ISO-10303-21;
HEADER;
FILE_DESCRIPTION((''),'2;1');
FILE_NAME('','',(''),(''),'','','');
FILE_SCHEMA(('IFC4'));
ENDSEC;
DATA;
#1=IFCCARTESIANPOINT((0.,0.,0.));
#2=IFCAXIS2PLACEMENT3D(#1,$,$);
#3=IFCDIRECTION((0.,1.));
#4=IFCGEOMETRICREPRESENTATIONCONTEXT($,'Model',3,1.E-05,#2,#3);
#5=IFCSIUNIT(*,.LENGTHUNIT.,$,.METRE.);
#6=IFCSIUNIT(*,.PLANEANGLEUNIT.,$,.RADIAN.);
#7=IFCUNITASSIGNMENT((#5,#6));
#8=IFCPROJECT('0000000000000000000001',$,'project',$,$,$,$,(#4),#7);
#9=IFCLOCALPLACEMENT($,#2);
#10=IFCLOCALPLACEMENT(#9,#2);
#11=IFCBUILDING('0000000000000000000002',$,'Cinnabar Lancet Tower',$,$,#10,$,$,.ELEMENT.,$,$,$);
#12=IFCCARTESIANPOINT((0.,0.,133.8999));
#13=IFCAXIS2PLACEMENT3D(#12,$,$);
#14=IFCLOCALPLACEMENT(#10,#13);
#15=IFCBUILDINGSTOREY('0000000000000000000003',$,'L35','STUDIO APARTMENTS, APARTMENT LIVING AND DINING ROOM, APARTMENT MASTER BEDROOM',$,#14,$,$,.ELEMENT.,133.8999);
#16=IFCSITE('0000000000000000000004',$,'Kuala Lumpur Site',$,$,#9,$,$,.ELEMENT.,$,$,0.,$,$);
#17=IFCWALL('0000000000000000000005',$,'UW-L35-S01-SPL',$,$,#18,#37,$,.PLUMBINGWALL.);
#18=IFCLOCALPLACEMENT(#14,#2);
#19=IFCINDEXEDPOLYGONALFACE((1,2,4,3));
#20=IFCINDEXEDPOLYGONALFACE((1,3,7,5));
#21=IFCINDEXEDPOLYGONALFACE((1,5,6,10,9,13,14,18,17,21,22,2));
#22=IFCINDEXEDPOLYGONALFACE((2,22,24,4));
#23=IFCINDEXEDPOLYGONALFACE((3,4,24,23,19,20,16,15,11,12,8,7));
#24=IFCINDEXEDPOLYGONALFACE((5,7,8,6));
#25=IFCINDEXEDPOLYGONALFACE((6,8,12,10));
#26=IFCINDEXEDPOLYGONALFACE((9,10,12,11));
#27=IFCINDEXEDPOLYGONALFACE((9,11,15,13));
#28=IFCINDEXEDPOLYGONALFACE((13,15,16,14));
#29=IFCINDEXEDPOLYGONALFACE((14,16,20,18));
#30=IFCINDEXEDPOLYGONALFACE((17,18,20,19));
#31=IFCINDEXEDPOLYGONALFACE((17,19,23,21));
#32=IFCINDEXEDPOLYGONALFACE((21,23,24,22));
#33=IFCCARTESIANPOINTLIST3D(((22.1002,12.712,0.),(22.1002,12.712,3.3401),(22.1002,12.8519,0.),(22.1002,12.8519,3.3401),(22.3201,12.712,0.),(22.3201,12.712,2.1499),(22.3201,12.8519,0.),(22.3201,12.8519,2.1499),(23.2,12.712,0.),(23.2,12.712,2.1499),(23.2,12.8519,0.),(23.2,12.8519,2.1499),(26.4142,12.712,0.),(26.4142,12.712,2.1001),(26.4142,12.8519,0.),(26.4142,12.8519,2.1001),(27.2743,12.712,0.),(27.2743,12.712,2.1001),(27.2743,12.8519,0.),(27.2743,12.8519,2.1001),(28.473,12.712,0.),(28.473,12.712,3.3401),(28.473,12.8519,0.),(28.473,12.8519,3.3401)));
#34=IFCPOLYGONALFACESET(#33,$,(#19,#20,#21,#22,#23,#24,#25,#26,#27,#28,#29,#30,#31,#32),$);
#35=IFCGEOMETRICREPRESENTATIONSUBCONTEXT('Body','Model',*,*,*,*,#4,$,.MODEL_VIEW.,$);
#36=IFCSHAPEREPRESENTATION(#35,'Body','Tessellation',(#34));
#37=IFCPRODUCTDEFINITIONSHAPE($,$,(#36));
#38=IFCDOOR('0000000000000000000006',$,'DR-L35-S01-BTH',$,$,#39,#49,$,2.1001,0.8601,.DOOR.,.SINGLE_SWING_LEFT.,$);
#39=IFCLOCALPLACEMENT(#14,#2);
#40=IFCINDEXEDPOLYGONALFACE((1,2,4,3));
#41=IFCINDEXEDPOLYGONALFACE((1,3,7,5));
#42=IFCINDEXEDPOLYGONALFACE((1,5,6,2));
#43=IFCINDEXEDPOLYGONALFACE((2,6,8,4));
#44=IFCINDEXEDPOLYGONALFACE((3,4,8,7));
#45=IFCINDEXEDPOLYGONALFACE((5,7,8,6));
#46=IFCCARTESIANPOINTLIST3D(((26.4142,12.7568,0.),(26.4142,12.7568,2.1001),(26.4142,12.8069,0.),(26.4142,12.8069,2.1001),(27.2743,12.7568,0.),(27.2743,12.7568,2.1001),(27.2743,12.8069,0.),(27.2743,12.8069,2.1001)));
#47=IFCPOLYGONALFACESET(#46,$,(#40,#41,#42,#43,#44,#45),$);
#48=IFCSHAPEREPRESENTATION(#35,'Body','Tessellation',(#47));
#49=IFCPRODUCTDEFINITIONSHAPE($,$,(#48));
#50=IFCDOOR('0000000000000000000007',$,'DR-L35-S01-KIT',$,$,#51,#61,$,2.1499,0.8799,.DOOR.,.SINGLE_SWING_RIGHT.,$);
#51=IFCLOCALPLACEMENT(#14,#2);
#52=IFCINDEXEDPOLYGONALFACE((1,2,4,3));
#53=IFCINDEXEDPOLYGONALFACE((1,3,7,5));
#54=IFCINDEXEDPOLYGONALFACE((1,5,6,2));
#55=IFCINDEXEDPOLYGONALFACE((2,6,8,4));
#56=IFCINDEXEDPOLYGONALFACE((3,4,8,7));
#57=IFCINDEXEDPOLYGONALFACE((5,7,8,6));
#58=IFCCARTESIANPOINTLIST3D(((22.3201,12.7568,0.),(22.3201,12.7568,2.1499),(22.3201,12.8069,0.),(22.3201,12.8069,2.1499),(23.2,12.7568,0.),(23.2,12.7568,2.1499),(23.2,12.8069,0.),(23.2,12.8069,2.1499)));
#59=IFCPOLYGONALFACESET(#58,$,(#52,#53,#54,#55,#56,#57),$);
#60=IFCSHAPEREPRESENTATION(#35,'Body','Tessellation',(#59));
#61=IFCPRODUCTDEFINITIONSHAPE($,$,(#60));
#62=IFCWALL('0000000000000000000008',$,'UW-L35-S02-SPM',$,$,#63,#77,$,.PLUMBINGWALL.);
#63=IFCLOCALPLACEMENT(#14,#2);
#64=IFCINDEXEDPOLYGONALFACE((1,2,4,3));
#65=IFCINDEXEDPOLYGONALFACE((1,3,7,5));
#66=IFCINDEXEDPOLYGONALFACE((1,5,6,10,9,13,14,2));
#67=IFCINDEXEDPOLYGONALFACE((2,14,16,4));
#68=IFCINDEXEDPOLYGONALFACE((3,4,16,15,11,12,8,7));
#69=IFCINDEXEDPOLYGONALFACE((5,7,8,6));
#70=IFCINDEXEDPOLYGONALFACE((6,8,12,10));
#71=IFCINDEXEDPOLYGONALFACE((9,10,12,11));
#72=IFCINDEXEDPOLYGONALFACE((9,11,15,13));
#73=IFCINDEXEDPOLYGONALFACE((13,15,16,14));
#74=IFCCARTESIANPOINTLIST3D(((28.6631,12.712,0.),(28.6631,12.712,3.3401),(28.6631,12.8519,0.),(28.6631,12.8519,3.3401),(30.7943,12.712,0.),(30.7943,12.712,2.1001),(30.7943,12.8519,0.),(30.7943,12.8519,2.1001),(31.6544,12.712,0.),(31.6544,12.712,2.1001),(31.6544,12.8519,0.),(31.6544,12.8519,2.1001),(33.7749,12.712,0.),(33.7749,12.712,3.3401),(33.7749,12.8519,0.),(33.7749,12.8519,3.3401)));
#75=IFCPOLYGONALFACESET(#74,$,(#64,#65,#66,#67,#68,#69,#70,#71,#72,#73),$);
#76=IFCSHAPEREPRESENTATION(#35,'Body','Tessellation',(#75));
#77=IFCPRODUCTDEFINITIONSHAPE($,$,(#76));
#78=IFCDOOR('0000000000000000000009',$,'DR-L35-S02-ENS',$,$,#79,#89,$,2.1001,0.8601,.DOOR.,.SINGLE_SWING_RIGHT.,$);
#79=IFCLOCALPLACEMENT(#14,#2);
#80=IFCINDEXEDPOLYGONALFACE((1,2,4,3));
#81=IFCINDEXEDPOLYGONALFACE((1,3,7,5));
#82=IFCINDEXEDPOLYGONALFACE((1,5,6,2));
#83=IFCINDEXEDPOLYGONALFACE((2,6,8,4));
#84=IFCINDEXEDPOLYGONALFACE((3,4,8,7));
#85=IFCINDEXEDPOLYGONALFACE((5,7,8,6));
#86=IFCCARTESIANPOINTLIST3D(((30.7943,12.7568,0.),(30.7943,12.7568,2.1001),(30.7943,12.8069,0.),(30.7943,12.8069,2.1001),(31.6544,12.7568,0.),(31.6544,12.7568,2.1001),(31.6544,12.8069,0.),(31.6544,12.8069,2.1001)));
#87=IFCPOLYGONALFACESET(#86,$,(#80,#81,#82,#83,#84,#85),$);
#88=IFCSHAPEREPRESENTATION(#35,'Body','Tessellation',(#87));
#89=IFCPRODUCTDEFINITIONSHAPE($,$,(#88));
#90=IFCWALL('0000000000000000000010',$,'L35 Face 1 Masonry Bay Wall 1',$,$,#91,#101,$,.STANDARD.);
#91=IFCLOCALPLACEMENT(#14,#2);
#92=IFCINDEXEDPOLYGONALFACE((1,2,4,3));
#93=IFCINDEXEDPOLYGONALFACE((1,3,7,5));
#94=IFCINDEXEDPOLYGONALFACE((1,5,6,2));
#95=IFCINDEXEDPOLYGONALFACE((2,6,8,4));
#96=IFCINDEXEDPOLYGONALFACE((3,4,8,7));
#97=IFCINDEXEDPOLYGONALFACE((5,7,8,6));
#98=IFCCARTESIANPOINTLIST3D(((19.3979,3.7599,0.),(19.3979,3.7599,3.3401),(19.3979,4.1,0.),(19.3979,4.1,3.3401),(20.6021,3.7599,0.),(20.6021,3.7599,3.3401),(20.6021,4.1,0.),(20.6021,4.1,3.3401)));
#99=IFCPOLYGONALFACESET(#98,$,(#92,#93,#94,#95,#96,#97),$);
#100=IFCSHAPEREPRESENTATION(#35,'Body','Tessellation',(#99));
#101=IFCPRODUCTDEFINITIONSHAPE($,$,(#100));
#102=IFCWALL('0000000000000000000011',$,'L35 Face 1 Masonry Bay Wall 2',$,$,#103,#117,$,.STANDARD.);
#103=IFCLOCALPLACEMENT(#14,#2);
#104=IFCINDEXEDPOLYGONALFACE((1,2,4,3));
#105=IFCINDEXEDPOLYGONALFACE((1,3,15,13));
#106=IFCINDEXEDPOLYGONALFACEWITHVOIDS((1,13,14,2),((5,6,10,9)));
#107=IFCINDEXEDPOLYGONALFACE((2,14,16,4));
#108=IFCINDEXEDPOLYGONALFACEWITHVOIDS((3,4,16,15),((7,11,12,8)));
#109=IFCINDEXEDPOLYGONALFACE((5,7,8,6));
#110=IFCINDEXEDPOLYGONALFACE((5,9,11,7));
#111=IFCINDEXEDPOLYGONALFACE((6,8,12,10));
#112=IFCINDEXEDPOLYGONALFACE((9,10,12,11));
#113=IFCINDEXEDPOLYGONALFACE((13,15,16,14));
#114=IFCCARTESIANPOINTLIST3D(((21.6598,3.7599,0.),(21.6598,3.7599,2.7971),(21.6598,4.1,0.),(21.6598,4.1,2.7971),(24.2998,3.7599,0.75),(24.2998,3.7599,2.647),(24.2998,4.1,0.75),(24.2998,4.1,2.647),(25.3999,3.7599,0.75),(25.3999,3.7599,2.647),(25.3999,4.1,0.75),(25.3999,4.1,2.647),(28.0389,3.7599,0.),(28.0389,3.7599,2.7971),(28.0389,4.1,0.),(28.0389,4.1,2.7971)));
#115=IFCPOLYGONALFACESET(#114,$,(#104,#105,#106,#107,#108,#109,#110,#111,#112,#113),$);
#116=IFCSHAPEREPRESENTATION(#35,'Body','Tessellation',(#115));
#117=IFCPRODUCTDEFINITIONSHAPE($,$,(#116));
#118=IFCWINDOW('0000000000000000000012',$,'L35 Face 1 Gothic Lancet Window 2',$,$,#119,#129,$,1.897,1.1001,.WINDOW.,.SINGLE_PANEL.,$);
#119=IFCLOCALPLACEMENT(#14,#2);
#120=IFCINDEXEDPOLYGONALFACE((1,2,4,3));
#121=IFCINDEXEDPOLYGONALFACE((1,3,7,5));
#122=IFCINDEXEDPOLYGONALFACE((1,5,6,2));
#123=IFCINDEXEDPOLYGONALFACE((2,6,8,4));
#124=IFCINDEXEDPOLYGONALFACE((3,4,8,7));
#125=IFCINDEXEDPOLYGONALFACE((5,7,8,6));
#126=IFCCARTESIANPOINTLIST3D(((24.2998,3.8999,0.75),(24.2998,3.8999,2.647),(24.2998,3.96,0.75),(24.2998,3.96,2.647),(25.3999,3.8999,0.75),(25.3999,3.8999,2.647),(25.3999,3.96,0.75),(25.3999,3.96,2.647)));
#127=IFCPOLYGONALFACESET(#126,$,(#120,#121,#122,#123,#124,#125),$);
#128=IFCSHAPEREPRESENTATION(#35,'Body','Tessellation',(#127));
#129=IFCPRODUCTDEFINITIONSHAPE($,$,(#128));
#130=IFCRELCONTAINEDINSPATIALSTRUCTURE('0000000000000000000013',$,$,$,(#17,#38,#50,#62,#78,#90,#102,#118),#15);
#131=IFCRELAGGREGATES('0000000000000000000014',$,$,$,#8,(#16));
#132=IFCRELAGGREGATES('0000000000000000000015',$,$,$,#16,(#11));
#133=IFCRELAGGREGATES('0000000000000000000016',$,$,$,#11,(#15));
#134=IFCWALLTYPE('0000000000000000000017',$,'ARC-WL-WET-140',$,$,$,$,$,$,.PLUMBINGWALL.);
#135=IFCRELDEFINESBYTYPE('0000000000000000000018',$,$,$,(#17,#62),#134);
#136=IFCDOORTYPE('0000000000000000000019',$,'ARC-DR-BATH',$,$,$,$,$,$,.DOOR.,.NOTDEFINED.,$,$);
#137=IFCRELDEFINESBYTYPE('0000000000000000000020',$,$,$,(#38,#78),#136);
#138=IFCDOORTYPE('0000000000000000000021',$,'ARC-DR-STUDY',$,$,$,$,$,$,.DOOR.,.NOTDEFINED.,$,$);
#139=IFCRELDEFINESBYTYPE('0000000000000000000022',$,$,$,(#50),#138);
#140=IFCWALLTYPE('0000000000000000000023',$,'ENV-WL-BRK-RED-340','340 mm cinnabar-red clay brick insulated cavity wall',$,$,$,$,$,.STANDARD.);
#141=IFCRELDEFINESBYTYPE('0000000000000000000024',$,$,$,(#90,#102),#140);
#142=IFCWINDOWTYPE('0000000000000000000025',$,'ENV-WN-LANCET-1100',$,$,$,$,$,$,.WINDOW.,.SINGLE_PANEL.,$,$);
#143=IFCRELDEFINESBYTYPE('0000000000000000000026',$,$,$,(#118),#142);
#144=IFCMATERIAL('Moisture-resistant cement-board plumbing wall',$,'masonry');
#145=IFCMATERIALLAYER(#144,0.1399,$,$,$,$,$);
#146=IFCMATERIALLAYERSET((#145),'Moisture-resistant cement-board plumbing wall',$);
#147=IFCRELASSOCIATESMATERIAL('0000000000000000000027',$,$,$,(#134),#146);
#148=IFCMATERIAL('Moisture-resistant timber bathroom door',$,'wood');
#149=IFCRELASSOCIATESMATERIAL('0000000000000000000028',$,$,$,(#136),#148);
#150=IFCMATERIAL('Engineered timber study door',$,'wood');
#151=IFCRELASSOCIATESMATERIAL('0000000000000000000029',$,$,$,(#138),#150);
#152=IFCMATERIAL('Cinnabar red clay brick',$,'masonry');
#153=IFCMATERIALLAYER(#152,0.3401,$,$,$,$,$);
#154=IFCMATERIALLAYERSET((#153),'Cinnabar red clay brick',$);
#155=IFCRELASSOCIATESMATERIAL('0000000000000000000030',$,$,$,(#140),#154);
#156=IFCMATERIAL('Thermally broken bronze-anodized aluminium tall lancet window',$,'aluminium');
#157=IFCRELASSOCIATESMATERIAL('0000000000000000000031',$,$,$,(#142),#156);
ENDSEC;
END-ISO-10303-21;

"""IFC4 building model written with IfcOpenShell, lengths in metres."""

from ifc_helpers import new_model, si_unit, direction, frame, frame_2d, origin, place, context, subcontext, project, spatial, rectangle, extrude, material, layer, layer_set, type_object, element, fill, save


model = new_model("IFC4")

# Units and contexts
model_context = context("Model", 3, precision=1e-05, world=origin(), true_north=direction((0.0, 1.0)))
body_context = subcontext(model_context, "Body", "Model", "MODEL_VIEW")
ifc_project = project(units=[si_unit("LENGTHUNIT", "METRE"), si_unit("PLANEANGLEUNIT", "RADIAN")], contexts=[model_context])

# Site, building, storey
site_placement = place(None, origin())
site = spatial("IfcSite", under=ifc_project, at=site_placement, Name="Kuala Lumpur Site", CompositionType="ELEMENT", RefElevation=0.0)
building_placement = place(site_placement, origin())
building = spatial("IfcBuilding", under=site, at=building_placement, Name="Cinnabar Lancet Tower", CompositionType="ELEMENT")
storey_placement = place(building_placement, frame((0.0, 0.0, 133.8999)))
storey = spatial("IfcBuildingStorey", under=building, at=storey_placement, Name="L35", Description="STUDIO APARTMENTS, APARTMENT LIVING AND DINING ROOM, APARTMENT MASTER BEDROOM", CompositionType="ELEMENT", Elevation=133.8999)

# Wall, openings, doors
ifc_material_1 = material(Name="Moisture-resistant cement-board plumbing wall", Category="masonry")
ifc_layer_1 = layer(ifc_material_1, 0.1399)
ifc_layer_set_1 = layer_set([ifc_layer_1], Name="Moisture-resistant cement-board plumbing wall")
wall_type_1 = type_object("IfcWallType", Name="ARC-WL-WET-140", PredefinedType="PLUMBINGWALL", material=ifc_layer_set_1)
wall_1_placement = place(storey_placement, frame((22.1001, 12.782, 0.0), z_axis=(0.0, 0.0, 1.0), x_axis=(1.0, 0.0, 0.0)))
wall_1 = element("IfcWall", 1, at=wall_1_placement, inside=storey, type_object=wall_type_1, Name="UW-L35-S01-SPL", PredefinedType="PLUMBINGWALL", context=body_context, shape_type="SweptSolid", body=[
    extrude(rectangle(XDim=6.3728, YDim=0.1399, at=frame_2d((3.1865, 0.0))), origin(), (0.0, 0.0, 1.0), 3.3401),
])
opening_1_placement = place(wall_1_placement, frame((4.314, 0.0, 0.0)))
opening_1 = element("IfcOpeningElement", 2, at=opening_1_placement, cuts=wall_1, PredefinedType="OPENING", context=body_context, shape_type="SweptSolid", body=[
    extrude(rectangle(XDim=0.8601, YDim=2.1001, at=frame_2d((0.4302, 1.05))), frame((0.0, 0.0798, 0.0), z_axis=(0.0, -1.0, 0.0), x_axis=(1.0, 0.0, 0.0)), (0.0, 0.0, 1.0), 0.1599),
])
opening_2_placement = place(wall_1_placement, frame((0.22, 0.0, 0.0)))
opening_2 = element("IfcOpeningElement", 3, at=opening_2_placement, cuts=wall_1, PredefinedType="OPENING", context=body_context, shape_type="SweptSolid", body=[
    extrude(rectangle(XDim=0.8799, YDim=2.1499, at=frame_2d((0.4399, 1.075))), frame((0.0, 0.0798, 0.0), z_axis=(0.0, -1.0, 0.0), x_axis=(1.0, 0.0, 0.0)), (0.0, 0.0, 1.0), 0.1599),
])
ifc_material_2 = material(Name="Moisture-resistant timber bathroom door", Category="wood")
door_type_1 = type_object("IfcDoorType", Name="ARC-DR-BATH", OperationType="NOTDEFINED", PredefinedType="DOOR", material=ifc_material_2)
door_1_placement = place(opening_1_placement, origin())
door_1 = element("IfcDoor", 4, at=door_1_placement, inside=storey, type_object=door_type_1, Name="DR-L35-S01-BTH", OperationType="SINGLE_SWING_LEFT", OverallHeight=2.1001, OverallWidth=0.8601, PredefinedType="DOOR", context=body_context, shape_type="SweptSolid", body=[
    extrude(rectangle(XDim=0.8601, YDim=2.1001, at=frame_2d((0.4302, 1.05))), frame((0.0, 0.0249, 0.0), z_axis=(0.0, -1.0, 0.0), x_axis=(1.0, 0.0, 0.0)), (0.0, 0.0, 1.0), 0.05),
])
fill(opening_1, door_1)
ifc_material_3 = material(Name="Engineered timber study door", Category="wood")
door_type_2 = type_object("IfcDoorType", Name="ARC-DR-STUDY", OperationType="NOTDEFINED", PredefinedType="DOOR", material=ifc_material_3)
door_2_placement = place(opening_2_placement, origin())
door_2 = element("IfcDoor", 5, at=door_2_placement, inside=storey, type_object=door_type_2, Name="DR-L35-S01-KIT", OperationType="SINGLE_SWING_RIGHT", OverallHeight=2.1499, OverallWidth=0.8799, PredefinedType="DOOR", context=body_context, shape_type="SweptSolid", body=[
    extrude(rectangle(XDim=0.8799, YDim=2.1499, at=frame_2d((0.4399, 1.075))), frame((0.0, 0.0249, 0.0), z_axis=(0.0, -1.0, 0.0), x_axis=(1.0, 0.0, 0.0)), (0.0, 0.0, 1.0), 0.05),
])
fill(opening_2, door_2)

# Wall, opening, door
wall_2_placement = place(storey_placement, frame((28.6631, 12.782, 0.0), z_axis=(0.0, 0.0, 1.0), x_axis=(1.0, 0.0, 0.0)))
wall_2 = element("IfcWall", 6, at=wall_2_placement, inside=storey, type_object=wall_type_1, Name="UW-L35-S02-SPM", PredefinedType="PLUMBINGWALL", context=body_context, shape_type="SweptSolid", body=[
    extrude(rectangle(XDim=5.1118, YDim=0.1399, at=frame_2d((2.5559, 0.0))), origin(), (0.0, 0.0, 1.0), 3.3401),
])
opening_3_placement = place(wall_2_placement, frame((2.1311, 0.0, 0.0)))
opening_3 = element("IfcOpeningElement", 7, at=opening_3_placement, cuts=wall_2, PredefinedType="OPENING", context=body_context, shape_type="SweptSolid", body=[
    extrude(rectangle(XDim=0.8601, YDim=2.1001, at=frame_2d((0.4302, 1.05))), frame((0.0, 0.0798, 0.0), z_axis=(0.0, -1.0, 0.0), x_axis=(1.0, 0.0, 0.0)), (0.0, 0.0, 1.0), 0.1599),
])
door_3_placement = place(opening_3_placement, origin())
door_3 = element("IfcDoor", 8, at=door_3_placement, inside=storey, type_object=door_type_1, Name="DR-L35-S02-ENS", OperationType="SINGLE_SWING_RIGHT", OverallHeight=2.1001, OverallWidth=0.8601, PredefinedType="DOOR", context=body_context, shape_type="SweptSolid", body=[
    extrude(rectangle(XDim=0.8601, YDim=2.1001, at=frame_2d((0.4302, 1.05))), frame((0.0, 0.0249, 0.0), z_axis=(0.0, -1.0, 0.0), x_axis=(1.0, 0.0, 0.0)), (0.0, 0.0, 1.0), 0.05),
])
fill(opening_3, door_3)

# Wall
ifc_material_4 = material(Name="Cinnabar red clay brick", Category="masonry")
ifc_layer_2 = layer(ifc_material_4, 0.3401)
ifc_layer_set_2 = layer_set([ifc_layer_2], Name="Cinnabar red clay brick")
wall_type_2 = type_object("IfcWallType", Name="ENV-WL-BRK-RED-340", Description="340 mm cinnabar-red clay brick insulated cavity wall", PredefinedType="STANDARD", material=ifc_layer_set_2)
wall_3_placement = place(storey_placement, frame((19.3979, 3.9299, 0.0), z_axis=(0.0, 0.0, 1.0), x_axis=(1.0, 0.0, 0.0)))
element("IfcWall", 9, at=wall_3_placement, inside=storey, type_object=wall_type_2, Name="L35 Face 1 Masonry Bay Wall 1", PredefinedType="STANDARD", context=body_context, shape_type="SweptSolid", body=[
    extrude(rectangle(XDim=1.2041, YDim=0.3401, at=frame_2d((0.6021, 0.0))), origin(), (0.0, 0.0, 1.0), 3.3401),
])

# Wall, opening, window
wall_4_placement = place(storey_placement, frame((21.6599, 3.9299, 0.0), z_axis=(0.0, 0.0, 1.0), x_axis=(1.0, 0.0, 0.0)))
wall_4 = element("IfcWall", 10, at=wall_4_placement, inside=storey, type_object=wall_type_2, Name="L35 Face 1 Masonry Bay Wall 2", PredefinedType="STANDARD", context=body_context, shape_type="SweptSolid", body=[
    extrude(rectangle(XDim=6.3792, YDim=0.3401, at=frame_2d((3.1895, 0.0))), origin(), (0.0, 0.0, 1.0), 2.7971),
])
opening_4_placement = place(wall_4_placement, frame((2.6399, 0.0, 0.75)))
opening_4 = element("IfcOpeningElement", 11, at=opening_4_placement, cuts=wall_4, PredefinedType="OPENING", context=body_context, shape_type="SweptSolid", body=[
    extrude(rectangle(XDim=1.1001, YDim=1.897, at=frame_2d((0.55, 0.9485))), frame((0.0, 0.1799, 0.0), z_axis=(0.0, -1.0, 0.0), x_axis=(1.0, 0.0, 0.0)), (0.0, 0.0, 1.0), 0.3601),
])
ifc_material_5 = material(Name="Thermally broken bronze-anodized aluminium tall lancet window", Category="aluminium")
window_type = type_object("IfcWindowType", Name="ENV-WN-LANCET-1100", PartitioningType="SINGLE_PANEL", PredefinedType="WINDOW", material=ifc_material_5)
window_1_placement = place(opening_4_placement, origin())
window_1 = element("IfcWindow", 12, at=window_1_placement, inside=storey, type_object=window_type, Name="L35 Face 1 Gothic Lancet Window 2", OverallHeight=1.897, OverallWidth=1.1001, PartitioningType="SINGLE_PANEL", PredefinedType="WINDOW", context=body_context, shape_type="SweptSolid", body=[
    extrude(rectangle(XDim=1.1001, YDim=1.897, at=frame_2d((0.55, 0.9485))), frame((0.0, 0.03, 0.0), z_axis=(0.0, -1.0, 0.0), x_axis=(1.0, 0.0, 0.0)), (0.0, 0.0, 1.0), 0.0601),
])
fill(opening_4, window_1)

save(model, "model.ifc")
